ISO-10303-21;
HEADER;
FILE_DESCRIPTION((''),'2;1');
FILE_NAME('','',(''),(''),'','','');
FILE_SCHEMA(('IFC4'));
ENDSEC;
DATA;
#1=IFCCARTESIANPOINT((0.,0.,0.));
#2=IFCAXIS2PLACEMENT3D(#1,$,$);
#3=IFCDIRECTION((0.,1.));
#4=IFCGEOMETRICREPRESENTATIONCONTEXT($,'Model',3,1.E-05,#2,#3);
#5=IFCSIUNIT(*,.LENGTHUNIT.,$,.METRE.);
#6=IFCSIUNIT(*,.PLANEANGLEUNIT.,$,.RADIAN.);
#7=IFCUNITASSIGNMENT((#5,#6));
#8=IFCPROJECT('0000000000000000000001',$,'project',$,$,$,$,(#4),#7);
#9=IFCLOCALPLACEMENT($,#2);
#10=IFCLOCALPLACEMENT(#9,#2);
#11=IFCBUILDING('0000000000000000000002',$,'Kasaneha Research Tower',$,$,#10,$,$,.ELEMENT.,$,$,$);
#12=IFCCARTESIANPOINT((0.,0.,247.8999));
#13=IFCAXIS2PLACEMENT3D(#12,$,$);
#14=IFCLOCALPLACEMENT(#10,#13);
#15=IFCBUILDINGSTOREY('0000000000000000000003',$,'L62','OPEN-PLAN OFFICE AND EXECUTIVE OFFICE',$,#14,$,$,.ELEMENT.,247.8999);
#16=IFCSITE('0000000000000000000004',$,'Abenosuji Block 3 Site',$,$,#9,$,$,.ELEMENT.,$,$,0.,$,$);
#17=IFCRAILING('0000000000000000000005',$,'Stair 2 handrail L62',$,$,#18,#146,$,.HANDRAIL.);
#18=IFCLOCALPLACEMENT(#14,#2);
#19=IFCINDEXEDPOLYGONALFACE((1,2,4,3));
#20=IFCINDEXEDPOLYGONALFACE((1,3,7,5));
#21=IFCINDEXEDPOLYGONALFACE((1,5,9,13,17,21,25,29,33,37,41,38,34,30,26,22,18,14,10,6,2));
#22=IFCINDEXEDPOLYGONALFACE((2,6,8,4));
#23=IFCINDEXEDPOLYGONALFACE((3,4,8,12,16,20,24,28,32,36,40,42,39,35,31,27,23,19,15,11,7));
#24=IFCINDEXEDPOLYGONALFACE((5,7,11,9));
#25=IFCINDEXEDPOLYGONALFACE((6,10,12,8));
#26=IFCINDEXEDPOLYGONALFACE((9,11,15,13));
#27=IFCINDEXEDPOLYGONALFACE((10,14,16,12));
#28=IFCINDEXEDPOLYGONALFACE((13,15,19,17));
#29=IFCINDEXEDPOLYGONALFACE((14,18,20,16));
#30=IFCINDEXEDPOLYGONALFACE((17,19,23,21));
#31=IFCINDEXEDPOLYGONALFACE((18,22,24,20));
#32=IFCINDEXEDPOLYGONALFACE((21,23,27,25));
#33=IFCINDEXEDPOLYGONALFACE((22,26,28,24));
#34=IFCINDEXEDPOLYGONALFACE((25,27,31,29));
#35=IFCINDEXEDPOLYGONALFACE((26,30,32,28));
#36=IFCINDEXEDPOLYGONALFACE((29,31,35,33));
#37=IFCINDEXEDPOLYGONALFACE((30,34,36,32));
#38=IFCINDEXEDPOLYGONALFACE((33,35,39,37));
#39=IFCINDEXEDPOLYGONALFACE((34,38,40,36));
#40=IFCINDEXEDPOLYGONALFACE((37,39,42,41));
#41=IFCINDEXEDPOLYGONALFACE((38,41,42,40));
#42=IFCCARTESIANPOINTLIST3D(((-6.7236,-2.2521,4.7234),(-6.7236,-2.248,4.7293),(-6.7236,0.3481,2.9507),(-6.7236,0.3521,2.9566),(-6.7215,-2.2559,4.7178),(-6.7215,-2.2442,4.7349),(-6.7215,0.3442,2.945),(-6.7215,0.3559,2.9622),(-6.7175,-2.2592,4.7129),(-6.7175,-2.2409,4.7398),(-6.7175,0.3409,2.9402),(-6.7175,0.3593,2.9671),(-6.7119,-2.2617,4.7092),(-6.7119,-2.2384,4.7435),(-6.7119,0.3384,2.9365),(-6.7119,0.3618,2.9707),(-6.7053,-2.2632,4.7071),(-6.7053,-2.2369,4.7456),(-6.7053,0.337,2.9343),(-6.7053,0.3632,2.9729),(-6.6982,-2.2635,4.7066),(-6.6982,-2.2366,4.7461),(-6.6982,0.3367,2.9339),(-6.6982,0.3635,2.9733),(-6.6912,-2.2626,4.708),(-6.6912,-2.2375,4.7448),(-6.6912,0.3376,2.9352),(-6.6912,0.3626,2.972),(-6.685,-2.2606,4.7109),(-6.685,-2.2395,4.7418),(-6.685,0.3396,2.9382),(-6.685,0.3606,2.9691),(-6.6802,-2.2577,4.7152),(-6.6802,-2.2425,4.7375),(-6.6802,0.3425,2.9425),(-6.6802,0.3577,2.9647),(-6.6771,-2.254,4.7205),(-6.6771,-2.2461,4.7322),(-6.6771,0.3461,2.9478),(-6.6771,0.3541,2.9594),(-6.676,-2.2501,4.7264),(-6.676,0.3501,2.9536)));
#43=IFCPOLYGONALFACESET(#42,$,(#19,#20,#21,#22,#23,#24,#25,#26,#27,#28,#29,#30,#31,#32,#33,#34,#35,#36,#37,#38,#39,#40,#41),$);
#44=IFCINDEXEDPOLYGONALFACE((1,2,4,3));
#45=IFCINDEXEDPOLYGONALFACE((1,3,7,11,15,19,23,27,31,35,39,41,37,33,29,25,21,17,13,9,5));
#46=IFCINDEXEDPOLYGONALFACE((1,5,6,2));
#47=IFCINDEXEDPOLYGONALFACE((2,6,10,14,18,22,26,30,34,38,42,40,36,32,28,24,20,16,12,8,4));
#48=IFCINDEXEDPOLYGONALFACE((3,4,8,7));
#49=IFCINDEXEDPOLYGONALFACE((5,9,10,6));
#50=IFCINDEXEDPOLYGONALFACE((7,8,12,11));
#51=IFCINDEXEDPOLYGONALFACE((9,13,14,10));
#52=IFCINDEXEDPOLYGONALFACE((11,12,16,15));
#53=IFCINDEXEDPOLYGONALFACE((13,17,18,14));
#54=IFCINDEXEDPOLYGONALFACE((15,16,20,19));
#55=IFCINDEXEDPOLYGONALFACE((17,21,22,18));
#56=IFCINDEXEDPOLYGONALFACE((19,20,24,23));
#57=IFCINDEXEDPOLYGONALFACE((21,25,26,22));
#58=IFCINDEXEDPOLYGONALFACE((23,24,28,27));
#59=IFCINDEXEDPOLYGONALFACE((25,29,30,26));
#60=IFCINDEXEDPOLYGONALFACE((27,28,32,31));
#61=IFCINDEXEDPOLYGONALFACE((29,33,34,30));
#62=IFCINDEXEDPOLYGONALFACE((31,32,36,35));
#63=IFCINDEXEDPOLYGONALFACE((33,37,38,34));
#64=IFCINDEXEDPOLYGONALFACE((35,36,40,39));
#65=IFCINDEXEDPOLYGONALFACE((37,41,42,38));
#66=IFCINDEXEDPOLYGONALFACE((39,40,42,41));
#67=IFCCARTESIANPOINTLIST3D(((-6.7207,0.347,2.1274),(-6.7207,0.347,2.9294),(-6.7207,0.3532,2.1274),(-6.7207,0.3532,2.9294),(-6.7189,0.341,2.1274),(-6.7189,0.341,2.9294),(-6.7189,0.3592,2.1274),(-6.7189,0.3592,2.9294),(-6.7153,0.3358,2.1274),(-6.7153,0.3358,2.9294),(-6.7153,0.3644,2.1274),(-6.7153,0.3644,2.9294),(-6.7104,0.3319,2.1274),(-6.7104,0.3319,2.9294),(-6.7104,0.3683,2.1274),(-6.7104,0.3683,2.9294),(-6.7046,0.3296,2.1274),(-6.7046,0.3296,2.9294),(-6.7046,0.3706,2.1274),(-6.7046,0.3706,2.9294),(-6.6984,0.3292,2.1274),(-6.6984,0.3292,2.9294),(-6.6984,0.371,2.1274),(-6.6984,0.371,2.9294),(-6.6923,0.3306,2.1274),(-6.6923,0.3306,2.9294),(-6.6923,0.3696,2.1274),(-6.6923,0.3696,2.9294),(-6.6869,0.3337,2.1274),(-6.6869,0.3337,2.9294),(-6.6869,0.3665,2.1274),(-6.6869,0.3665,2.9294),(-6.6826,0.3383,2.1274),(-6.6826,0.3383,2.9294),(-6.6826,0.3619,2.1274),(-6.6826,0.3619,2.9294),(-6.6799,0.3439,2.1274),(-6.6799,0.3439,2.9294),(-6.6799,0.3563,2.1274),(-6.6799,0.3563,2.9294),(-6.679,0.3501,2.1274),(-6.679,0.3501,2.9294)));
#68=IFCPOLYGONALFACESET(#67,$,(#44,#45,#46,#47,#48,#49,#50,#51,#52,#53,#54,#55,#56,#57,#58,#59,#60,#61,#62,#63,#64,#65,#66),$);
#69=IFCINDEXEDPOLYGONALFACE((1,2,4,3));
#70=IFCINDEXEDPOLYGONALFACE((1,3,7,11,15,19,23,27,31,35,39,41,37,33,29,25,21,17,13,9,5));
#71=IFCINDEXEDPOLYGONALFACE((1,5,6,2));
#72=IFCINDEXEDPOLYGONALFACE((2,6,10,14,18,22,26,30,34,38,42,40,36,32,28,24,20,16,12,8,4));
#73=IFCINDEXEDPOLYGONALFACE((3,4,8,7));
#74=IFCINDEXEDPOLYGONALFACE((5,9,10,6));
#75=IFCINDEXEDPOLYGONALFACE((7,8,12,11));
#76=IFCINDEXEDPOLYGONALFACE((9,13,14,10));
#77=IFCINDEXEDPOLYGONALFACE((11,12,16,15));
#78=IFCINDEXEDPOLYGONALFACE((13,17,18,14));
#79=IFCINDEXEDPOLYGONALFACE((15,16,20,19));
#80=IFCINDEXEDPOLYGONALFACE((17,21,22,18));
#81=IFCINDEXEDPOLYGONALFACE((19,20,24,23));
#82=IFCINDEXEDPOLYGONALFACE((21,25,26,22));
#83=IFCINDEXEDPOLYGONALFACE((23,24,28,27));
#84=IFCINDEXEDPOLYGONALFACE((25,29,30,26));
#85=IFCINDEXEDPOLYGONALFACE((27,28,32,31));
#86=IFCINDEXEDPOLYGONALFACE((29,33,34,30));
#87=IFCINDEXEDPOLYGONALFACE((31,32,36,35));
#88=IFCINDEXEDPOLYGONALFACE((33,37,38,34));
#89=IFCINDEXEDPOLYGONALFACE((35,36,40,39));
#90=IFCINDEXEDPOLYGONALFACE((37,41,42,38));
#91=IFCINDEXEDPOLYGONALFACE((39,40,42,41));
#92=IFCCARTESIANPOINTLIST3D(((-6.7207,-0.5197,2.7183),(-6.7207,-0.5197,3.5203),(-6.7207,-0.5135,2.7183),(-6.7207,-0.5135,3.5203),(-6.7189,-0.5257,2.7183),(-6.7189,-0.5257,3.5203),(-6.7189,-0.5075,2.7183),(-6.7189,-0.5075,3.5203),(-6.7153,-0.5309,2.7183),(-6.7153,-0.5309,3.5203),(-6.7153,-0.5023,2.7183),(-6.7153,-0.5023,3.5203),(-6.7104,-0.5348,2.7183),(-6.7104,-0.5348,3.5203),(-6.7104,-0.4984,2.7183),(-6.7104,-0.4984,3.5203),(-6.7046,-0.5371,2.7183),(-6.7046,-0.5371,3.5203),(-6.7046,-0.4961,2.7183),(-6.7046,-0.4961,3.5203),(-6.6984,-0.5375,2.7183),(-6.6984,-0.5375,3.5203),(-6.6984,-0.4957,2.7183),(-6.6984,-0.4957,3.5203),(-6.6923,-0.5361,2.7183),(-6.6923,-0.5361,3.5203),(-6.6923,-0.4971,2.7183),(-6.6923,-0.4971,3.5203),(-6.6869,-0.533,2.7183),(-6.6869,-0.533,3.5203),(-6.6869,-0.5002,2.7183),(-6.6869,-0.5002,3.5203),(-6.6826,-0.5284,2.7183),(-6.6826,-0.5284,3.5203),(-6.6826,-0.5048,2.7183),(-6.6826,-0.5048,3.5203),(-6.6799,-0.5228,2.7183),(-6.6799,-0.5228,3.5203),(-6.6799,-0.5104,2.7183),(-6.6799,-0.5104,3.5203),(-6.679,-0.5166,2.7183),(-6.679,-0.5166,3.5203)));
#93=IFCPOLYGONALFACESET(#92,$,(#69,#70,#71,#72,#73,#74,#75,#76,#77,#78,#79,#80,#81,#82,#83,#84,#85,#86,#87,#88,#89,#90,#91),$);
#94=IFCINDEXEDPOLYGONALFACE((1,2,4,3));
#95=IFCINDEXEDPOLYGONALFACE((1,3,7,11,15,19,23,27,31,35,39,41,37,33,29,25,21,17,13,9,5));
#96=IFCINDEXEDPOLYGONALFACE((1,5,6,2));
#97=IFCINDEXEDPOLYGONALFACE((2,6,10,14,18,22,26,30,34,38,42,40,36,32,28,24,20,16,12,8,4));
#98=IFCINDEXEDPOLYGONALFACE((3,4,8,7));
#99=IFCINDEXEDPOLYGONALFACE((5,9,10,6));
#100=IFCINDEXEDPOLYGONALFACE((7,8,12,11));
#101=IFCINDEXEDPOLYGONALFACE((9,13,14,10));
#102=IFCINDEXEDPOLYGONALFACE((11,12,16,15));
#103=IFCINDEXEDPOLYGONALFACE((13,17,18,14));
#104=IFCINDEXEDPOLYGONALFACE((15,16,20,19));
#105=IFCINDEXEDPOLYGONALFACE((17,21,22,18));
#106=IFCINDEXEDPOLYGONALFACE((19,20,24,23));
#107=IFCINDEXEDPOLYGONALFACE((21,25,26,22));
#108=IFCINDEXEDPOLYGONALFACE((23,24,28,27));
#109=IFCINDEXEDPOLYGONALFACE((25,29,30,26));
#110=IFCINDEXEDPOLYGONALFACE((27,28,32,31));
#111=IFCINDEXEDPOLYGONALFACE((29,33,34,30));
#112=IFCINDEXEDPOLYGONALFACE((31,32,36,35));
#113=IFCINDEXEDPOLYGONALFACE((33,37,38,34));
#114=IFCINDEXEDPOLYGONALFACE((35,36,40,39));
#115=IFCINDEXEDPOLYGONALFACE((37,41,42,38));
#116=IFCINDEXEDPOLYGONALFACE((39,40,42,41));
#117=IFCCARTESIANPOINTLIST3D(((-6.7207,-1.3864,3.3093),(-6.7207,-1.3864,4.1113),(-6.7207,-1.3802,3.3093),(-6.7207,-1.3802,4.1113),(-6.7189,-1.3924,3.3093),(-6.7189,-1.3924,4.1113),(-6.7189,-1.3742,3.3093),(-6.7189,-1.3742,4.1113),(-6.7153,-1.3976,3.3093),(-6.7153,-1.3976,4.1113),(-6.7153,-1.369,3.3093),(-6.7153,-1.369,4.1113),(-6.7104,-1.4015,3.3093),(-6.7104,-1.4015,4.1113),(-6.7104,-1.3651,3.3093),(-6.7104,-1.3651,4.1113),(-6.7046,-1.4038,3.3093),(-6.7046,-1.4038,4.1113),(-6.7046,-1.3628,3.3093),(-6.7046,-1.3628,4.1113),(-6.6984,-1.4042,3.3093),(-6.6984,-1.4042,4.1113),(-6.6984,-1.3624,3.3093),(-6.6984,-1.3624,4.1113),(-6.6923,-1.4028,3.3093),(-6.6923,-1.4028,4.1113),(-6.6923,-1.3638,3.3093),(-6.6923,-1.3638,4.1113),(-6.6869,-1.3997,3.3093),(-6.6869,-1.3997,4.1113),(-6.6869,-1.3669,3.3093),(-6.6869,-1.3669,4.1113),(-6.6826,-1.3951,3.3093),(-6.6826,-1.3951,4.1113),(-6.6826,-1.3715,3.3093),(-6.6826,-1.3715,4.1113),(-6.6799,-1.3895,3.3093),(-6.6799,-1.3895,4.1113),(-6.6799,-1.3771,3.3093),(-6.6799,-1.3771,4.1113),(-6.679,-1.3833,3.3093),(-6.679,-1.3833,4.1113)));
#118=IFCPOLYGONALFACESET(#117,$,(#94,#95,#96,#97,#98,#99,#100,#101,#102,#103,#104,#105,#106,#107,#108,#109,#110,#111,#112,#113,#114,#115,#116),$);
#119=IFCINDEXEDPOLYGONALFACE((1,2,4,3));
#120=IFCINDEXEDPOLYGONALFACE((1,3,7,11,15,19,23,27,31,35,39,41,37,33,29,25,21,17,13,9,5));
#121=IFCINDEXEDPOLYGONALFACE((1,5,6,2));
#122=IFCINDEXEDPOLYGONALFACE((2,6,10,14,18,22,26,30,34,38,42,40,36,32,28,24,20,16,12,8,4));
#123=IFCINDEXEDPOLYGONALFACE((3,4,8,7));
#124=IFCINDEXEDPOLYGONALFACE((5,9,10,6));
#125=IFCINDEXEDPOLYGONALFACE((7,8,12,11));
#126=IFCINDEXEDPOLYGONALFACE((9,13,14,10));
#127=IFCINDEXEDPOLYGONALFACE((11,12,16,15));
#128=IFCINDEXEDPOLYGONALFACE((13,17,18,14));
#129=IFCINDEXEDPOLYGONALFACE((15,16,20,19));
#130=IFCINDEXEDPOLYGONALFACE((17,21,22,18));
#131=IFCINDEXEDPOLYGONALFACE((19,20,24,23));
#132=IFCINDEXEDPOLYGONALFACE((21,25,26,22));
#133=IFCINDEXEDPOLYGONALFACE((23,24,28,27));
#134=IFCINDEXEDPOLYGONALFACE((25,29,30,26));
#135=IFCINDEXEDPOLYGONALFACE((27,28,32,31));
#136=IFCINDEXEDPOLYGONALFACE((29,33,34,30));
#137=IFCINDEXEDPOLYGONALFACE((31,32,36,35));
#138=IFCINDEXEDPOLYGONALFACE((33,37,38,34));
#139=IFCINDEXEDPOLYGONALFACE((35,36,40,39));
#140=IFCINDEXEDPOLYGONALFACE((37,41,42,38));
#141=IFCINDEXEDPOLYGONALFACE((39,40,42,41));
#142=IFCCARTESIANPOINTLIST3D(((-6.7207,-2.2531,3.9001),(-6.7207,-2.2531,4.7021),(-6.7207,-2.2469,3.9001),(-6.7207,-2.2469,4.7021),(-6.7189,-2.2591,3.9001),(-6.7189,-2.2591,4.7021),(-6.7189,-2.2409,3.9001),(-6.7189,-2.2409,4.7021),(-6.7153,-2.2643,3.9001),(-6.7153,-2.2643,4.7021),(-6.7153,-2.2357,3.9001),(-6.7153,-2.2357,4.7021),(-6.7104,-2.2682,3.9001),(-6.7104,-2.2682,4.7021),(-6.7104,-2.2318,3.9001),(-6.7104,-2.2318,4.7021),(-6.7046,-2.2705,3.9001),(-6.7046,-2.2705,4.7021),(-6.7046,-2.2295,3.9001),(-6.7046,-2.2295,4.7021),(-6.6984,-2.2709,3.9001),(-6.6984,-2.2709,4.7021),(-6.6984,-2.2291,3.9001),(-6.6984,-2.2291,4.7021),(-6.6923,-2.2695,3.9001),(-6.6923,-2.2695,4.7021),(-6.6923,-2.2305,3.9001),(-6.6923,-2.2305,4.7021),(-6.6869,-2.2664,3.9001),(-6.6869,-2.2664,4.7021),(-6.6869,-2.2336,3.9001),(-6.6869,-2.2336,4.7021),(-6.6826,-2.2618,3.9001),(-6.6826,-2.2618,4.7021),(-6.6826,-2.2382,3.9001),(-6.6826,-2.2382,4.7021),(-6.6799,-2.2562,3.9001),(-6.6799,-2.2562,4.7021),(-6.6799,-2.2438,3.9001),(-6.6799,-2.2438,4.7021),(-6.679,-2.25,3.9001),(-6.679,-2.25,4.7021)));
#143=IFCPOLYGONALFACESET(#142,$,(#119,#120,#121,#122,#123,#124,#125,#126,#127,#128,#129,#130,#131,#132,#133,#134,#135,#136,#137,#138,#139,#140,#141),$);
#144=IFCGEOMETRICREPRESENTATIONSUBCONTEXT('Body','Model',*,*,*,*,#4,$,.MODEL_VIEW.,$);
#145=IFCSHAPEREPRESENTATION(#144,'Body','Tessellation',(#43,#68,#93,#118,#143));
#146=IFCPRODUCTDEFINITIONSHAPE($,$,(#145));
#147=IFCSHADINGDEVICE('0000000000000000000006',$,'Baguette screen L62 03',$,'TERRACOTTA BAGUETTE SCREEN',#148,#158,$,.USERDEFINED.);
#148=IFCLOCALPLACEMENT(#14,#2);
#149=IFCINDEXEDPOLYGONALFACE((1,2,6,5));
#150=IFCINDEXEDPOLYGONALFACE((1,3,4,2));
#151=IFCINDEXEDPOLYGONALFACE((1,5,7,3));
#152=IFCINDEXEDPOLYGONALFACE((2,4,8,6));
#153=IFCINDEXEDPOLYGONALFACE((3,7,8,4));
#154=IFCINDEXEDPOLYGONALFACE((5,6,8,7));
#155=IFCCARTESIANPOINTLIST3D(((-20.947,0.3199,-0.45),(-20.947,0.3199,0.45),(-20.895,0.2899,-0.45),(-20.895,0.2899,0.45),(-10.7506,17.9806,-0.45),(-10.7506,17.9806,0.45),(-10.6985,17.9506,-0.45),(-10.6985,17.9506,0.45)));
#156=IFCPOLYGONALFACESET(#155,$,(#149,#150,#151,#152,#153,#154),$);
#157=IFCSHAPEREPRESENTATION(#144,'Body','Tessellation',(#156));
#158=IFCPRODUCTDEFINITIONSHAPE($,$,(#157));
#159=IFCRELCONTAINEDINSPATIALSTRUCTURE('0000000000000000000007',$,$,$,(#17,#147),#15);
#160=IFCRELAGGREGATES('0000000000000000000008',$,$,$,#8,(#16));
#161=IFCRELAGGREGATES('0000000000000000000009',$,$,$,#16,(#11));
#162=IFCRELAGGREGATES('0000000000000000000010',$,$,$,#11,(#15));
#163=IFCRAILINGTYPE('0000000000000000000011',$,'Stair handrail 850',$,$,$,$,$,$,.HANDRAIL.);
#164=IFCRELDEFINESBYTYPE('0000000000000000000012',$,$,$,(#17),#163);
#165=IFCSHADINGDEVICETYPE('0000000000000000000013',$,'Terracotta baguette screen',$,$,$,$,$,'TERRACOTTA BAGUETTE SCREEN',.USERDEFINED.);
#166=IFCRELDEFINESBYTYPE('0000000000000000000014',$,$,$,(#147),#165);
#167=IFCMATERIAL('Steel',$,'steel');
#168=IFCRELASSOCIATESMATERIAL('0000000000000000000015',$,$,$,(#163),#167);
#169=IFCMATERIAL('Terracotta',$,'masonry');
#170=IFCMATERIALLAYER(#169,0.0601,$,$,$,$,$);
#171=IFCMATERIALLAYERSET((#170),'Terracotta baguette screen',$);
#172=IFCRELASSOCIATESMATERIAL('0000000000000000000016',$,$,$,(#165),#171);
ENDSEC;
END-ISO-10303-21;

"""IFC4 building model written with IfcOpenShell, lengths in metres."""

from ifc_helpers import new_model, si_unit, direction, frame, origin, origin_2d, place, context, subcontext, project, spatial, rectangle, circle, extrude, material, layer, layer_set, type_object, element, save


model = new_model("IFC4")

# Units and contexts
model_context = context("Model", 3, precision=1e-05, world=origin(), true_north=direction((0.0, 1.0)))
body_context = subcontext(model_context, "Body", "Model", "MODEL_VIEW")
ifc_project = project(units=[si_unit("LENGTHUNIT", "METRE"), si_unit("PLANEANGLEUNIT", "RADIAN")], contexts=[model_context])

# Site, building, storey
site_placement = place(None, origin())
site = spatial("IfcSite", under=ifc_project, at=site_placement, Name="Abenosuji Block 3 Site", CompositionType="ELEMENT", RefElevation=0.0)
building_placement = place(site_placement, origin())
building = spatial("IfcBuilding", under=site, at=building_placement, Name="Kasaneha Research Tower", CompositionType="ELEMENT")
storey_placement = place(building_placement, frame((0.0, 0.0, 247.8999)))
storey = spatial("IfcBuildingStorey", under=building, at=storey_placement, Name="L62", Description="OPEN-PLAN OFFICE AND EXECUTIVE OFFICE", CompositionType="ELEMENT", Elevation=247.8999)

# Railing
ifc_material_1 = material(Name="Steel", Category="steel")
railing_type_1 = type_object("IfcRailingType", Name="Stair handrail 850", PredefinedType="HANDRAIL", material=ifc_material_1)
railing_1_placement = place(storey_placement, frame((-6.7, 0.3501, 2.1274)))
element("IfcRailing", 1, at=railing_1_placement, inside=storey, type_object=railing_type_1, Name="Stair 2 handrail L62", PredefinedType="HANDRAIL", context=body_context, shape_type="SweptSolid", body=[
    extrude(circle(Radius=0.0239, at=origin_2d()), frame((0.0, 0.0, 0.8262), z_axis=(0.0, -0.82624, 0.563318), x_axis=(1.0, 0.0, 0.0)), (0.0, 0.0, 1.0), 3.147),
    extrude(circle(Radius=0.021, at=origin_2d()), origin(), (0.0, 0.0, 1.0), 0.802),
    extrude(circle(Radius=0.021, at=origin_2d()), frame((0.0, -0.8667, 0.5908)), (0.0, 0.0, 1.0), 0.802),
    extrude(circle(Radius=0.021, at=origin_2d()), frame((0.0, -1.7334, 1.1819)), (0.0, 0.0, 1.0), 0.802),
    extrude(circle(Radius=0.021, at=origin_2d()), frame((0.0, -2.6001, 1.7727)), (0.0, 0.0, 1.0), 0.802),
])

# Shading device
ifc_material_2 = material(Name="Terracotta", Category="masonry")
ifc_layer_1 = layer(ifc_material_2, 0.0601)
ifc_layer_set_1 = layer_set([ifc_layer_1], Name="Terracotta baguette screen")
shading_device_type = type_object("IfcShadingDeviceType", Name="Terracotta baguette screen", ElementType="TERRACOTTA BAGUETTE SCREEN", PredefinedType="USERDEFINED", material=ifc_layer_set_1)
shading_device_placement = place(storey_placement, frame((-15.8228, 9.1353, -0.45), z_axis=(0.0, 0.0, 1.0), x_axis=(-0.5, -0.866025, 0.0)))
element("IfcShadingDevice", 2, at=shading_device_placement, inside=storey, type_object=shading_device_type, Name="Baguette screen L62 03", ObjectType="TERRACOTTA BAGUETTE SCREEN", PredefinedType="USERDEFINED", context=body_context, shape_type="SweptSolid", body=[
    extrude(rectangle(XDim=20.3928, YDim=0.0601, at=origin_2d()), origin(), (0.0, 0.0, 1.0), 0.8999),
])

save(model, "model.ifc")
